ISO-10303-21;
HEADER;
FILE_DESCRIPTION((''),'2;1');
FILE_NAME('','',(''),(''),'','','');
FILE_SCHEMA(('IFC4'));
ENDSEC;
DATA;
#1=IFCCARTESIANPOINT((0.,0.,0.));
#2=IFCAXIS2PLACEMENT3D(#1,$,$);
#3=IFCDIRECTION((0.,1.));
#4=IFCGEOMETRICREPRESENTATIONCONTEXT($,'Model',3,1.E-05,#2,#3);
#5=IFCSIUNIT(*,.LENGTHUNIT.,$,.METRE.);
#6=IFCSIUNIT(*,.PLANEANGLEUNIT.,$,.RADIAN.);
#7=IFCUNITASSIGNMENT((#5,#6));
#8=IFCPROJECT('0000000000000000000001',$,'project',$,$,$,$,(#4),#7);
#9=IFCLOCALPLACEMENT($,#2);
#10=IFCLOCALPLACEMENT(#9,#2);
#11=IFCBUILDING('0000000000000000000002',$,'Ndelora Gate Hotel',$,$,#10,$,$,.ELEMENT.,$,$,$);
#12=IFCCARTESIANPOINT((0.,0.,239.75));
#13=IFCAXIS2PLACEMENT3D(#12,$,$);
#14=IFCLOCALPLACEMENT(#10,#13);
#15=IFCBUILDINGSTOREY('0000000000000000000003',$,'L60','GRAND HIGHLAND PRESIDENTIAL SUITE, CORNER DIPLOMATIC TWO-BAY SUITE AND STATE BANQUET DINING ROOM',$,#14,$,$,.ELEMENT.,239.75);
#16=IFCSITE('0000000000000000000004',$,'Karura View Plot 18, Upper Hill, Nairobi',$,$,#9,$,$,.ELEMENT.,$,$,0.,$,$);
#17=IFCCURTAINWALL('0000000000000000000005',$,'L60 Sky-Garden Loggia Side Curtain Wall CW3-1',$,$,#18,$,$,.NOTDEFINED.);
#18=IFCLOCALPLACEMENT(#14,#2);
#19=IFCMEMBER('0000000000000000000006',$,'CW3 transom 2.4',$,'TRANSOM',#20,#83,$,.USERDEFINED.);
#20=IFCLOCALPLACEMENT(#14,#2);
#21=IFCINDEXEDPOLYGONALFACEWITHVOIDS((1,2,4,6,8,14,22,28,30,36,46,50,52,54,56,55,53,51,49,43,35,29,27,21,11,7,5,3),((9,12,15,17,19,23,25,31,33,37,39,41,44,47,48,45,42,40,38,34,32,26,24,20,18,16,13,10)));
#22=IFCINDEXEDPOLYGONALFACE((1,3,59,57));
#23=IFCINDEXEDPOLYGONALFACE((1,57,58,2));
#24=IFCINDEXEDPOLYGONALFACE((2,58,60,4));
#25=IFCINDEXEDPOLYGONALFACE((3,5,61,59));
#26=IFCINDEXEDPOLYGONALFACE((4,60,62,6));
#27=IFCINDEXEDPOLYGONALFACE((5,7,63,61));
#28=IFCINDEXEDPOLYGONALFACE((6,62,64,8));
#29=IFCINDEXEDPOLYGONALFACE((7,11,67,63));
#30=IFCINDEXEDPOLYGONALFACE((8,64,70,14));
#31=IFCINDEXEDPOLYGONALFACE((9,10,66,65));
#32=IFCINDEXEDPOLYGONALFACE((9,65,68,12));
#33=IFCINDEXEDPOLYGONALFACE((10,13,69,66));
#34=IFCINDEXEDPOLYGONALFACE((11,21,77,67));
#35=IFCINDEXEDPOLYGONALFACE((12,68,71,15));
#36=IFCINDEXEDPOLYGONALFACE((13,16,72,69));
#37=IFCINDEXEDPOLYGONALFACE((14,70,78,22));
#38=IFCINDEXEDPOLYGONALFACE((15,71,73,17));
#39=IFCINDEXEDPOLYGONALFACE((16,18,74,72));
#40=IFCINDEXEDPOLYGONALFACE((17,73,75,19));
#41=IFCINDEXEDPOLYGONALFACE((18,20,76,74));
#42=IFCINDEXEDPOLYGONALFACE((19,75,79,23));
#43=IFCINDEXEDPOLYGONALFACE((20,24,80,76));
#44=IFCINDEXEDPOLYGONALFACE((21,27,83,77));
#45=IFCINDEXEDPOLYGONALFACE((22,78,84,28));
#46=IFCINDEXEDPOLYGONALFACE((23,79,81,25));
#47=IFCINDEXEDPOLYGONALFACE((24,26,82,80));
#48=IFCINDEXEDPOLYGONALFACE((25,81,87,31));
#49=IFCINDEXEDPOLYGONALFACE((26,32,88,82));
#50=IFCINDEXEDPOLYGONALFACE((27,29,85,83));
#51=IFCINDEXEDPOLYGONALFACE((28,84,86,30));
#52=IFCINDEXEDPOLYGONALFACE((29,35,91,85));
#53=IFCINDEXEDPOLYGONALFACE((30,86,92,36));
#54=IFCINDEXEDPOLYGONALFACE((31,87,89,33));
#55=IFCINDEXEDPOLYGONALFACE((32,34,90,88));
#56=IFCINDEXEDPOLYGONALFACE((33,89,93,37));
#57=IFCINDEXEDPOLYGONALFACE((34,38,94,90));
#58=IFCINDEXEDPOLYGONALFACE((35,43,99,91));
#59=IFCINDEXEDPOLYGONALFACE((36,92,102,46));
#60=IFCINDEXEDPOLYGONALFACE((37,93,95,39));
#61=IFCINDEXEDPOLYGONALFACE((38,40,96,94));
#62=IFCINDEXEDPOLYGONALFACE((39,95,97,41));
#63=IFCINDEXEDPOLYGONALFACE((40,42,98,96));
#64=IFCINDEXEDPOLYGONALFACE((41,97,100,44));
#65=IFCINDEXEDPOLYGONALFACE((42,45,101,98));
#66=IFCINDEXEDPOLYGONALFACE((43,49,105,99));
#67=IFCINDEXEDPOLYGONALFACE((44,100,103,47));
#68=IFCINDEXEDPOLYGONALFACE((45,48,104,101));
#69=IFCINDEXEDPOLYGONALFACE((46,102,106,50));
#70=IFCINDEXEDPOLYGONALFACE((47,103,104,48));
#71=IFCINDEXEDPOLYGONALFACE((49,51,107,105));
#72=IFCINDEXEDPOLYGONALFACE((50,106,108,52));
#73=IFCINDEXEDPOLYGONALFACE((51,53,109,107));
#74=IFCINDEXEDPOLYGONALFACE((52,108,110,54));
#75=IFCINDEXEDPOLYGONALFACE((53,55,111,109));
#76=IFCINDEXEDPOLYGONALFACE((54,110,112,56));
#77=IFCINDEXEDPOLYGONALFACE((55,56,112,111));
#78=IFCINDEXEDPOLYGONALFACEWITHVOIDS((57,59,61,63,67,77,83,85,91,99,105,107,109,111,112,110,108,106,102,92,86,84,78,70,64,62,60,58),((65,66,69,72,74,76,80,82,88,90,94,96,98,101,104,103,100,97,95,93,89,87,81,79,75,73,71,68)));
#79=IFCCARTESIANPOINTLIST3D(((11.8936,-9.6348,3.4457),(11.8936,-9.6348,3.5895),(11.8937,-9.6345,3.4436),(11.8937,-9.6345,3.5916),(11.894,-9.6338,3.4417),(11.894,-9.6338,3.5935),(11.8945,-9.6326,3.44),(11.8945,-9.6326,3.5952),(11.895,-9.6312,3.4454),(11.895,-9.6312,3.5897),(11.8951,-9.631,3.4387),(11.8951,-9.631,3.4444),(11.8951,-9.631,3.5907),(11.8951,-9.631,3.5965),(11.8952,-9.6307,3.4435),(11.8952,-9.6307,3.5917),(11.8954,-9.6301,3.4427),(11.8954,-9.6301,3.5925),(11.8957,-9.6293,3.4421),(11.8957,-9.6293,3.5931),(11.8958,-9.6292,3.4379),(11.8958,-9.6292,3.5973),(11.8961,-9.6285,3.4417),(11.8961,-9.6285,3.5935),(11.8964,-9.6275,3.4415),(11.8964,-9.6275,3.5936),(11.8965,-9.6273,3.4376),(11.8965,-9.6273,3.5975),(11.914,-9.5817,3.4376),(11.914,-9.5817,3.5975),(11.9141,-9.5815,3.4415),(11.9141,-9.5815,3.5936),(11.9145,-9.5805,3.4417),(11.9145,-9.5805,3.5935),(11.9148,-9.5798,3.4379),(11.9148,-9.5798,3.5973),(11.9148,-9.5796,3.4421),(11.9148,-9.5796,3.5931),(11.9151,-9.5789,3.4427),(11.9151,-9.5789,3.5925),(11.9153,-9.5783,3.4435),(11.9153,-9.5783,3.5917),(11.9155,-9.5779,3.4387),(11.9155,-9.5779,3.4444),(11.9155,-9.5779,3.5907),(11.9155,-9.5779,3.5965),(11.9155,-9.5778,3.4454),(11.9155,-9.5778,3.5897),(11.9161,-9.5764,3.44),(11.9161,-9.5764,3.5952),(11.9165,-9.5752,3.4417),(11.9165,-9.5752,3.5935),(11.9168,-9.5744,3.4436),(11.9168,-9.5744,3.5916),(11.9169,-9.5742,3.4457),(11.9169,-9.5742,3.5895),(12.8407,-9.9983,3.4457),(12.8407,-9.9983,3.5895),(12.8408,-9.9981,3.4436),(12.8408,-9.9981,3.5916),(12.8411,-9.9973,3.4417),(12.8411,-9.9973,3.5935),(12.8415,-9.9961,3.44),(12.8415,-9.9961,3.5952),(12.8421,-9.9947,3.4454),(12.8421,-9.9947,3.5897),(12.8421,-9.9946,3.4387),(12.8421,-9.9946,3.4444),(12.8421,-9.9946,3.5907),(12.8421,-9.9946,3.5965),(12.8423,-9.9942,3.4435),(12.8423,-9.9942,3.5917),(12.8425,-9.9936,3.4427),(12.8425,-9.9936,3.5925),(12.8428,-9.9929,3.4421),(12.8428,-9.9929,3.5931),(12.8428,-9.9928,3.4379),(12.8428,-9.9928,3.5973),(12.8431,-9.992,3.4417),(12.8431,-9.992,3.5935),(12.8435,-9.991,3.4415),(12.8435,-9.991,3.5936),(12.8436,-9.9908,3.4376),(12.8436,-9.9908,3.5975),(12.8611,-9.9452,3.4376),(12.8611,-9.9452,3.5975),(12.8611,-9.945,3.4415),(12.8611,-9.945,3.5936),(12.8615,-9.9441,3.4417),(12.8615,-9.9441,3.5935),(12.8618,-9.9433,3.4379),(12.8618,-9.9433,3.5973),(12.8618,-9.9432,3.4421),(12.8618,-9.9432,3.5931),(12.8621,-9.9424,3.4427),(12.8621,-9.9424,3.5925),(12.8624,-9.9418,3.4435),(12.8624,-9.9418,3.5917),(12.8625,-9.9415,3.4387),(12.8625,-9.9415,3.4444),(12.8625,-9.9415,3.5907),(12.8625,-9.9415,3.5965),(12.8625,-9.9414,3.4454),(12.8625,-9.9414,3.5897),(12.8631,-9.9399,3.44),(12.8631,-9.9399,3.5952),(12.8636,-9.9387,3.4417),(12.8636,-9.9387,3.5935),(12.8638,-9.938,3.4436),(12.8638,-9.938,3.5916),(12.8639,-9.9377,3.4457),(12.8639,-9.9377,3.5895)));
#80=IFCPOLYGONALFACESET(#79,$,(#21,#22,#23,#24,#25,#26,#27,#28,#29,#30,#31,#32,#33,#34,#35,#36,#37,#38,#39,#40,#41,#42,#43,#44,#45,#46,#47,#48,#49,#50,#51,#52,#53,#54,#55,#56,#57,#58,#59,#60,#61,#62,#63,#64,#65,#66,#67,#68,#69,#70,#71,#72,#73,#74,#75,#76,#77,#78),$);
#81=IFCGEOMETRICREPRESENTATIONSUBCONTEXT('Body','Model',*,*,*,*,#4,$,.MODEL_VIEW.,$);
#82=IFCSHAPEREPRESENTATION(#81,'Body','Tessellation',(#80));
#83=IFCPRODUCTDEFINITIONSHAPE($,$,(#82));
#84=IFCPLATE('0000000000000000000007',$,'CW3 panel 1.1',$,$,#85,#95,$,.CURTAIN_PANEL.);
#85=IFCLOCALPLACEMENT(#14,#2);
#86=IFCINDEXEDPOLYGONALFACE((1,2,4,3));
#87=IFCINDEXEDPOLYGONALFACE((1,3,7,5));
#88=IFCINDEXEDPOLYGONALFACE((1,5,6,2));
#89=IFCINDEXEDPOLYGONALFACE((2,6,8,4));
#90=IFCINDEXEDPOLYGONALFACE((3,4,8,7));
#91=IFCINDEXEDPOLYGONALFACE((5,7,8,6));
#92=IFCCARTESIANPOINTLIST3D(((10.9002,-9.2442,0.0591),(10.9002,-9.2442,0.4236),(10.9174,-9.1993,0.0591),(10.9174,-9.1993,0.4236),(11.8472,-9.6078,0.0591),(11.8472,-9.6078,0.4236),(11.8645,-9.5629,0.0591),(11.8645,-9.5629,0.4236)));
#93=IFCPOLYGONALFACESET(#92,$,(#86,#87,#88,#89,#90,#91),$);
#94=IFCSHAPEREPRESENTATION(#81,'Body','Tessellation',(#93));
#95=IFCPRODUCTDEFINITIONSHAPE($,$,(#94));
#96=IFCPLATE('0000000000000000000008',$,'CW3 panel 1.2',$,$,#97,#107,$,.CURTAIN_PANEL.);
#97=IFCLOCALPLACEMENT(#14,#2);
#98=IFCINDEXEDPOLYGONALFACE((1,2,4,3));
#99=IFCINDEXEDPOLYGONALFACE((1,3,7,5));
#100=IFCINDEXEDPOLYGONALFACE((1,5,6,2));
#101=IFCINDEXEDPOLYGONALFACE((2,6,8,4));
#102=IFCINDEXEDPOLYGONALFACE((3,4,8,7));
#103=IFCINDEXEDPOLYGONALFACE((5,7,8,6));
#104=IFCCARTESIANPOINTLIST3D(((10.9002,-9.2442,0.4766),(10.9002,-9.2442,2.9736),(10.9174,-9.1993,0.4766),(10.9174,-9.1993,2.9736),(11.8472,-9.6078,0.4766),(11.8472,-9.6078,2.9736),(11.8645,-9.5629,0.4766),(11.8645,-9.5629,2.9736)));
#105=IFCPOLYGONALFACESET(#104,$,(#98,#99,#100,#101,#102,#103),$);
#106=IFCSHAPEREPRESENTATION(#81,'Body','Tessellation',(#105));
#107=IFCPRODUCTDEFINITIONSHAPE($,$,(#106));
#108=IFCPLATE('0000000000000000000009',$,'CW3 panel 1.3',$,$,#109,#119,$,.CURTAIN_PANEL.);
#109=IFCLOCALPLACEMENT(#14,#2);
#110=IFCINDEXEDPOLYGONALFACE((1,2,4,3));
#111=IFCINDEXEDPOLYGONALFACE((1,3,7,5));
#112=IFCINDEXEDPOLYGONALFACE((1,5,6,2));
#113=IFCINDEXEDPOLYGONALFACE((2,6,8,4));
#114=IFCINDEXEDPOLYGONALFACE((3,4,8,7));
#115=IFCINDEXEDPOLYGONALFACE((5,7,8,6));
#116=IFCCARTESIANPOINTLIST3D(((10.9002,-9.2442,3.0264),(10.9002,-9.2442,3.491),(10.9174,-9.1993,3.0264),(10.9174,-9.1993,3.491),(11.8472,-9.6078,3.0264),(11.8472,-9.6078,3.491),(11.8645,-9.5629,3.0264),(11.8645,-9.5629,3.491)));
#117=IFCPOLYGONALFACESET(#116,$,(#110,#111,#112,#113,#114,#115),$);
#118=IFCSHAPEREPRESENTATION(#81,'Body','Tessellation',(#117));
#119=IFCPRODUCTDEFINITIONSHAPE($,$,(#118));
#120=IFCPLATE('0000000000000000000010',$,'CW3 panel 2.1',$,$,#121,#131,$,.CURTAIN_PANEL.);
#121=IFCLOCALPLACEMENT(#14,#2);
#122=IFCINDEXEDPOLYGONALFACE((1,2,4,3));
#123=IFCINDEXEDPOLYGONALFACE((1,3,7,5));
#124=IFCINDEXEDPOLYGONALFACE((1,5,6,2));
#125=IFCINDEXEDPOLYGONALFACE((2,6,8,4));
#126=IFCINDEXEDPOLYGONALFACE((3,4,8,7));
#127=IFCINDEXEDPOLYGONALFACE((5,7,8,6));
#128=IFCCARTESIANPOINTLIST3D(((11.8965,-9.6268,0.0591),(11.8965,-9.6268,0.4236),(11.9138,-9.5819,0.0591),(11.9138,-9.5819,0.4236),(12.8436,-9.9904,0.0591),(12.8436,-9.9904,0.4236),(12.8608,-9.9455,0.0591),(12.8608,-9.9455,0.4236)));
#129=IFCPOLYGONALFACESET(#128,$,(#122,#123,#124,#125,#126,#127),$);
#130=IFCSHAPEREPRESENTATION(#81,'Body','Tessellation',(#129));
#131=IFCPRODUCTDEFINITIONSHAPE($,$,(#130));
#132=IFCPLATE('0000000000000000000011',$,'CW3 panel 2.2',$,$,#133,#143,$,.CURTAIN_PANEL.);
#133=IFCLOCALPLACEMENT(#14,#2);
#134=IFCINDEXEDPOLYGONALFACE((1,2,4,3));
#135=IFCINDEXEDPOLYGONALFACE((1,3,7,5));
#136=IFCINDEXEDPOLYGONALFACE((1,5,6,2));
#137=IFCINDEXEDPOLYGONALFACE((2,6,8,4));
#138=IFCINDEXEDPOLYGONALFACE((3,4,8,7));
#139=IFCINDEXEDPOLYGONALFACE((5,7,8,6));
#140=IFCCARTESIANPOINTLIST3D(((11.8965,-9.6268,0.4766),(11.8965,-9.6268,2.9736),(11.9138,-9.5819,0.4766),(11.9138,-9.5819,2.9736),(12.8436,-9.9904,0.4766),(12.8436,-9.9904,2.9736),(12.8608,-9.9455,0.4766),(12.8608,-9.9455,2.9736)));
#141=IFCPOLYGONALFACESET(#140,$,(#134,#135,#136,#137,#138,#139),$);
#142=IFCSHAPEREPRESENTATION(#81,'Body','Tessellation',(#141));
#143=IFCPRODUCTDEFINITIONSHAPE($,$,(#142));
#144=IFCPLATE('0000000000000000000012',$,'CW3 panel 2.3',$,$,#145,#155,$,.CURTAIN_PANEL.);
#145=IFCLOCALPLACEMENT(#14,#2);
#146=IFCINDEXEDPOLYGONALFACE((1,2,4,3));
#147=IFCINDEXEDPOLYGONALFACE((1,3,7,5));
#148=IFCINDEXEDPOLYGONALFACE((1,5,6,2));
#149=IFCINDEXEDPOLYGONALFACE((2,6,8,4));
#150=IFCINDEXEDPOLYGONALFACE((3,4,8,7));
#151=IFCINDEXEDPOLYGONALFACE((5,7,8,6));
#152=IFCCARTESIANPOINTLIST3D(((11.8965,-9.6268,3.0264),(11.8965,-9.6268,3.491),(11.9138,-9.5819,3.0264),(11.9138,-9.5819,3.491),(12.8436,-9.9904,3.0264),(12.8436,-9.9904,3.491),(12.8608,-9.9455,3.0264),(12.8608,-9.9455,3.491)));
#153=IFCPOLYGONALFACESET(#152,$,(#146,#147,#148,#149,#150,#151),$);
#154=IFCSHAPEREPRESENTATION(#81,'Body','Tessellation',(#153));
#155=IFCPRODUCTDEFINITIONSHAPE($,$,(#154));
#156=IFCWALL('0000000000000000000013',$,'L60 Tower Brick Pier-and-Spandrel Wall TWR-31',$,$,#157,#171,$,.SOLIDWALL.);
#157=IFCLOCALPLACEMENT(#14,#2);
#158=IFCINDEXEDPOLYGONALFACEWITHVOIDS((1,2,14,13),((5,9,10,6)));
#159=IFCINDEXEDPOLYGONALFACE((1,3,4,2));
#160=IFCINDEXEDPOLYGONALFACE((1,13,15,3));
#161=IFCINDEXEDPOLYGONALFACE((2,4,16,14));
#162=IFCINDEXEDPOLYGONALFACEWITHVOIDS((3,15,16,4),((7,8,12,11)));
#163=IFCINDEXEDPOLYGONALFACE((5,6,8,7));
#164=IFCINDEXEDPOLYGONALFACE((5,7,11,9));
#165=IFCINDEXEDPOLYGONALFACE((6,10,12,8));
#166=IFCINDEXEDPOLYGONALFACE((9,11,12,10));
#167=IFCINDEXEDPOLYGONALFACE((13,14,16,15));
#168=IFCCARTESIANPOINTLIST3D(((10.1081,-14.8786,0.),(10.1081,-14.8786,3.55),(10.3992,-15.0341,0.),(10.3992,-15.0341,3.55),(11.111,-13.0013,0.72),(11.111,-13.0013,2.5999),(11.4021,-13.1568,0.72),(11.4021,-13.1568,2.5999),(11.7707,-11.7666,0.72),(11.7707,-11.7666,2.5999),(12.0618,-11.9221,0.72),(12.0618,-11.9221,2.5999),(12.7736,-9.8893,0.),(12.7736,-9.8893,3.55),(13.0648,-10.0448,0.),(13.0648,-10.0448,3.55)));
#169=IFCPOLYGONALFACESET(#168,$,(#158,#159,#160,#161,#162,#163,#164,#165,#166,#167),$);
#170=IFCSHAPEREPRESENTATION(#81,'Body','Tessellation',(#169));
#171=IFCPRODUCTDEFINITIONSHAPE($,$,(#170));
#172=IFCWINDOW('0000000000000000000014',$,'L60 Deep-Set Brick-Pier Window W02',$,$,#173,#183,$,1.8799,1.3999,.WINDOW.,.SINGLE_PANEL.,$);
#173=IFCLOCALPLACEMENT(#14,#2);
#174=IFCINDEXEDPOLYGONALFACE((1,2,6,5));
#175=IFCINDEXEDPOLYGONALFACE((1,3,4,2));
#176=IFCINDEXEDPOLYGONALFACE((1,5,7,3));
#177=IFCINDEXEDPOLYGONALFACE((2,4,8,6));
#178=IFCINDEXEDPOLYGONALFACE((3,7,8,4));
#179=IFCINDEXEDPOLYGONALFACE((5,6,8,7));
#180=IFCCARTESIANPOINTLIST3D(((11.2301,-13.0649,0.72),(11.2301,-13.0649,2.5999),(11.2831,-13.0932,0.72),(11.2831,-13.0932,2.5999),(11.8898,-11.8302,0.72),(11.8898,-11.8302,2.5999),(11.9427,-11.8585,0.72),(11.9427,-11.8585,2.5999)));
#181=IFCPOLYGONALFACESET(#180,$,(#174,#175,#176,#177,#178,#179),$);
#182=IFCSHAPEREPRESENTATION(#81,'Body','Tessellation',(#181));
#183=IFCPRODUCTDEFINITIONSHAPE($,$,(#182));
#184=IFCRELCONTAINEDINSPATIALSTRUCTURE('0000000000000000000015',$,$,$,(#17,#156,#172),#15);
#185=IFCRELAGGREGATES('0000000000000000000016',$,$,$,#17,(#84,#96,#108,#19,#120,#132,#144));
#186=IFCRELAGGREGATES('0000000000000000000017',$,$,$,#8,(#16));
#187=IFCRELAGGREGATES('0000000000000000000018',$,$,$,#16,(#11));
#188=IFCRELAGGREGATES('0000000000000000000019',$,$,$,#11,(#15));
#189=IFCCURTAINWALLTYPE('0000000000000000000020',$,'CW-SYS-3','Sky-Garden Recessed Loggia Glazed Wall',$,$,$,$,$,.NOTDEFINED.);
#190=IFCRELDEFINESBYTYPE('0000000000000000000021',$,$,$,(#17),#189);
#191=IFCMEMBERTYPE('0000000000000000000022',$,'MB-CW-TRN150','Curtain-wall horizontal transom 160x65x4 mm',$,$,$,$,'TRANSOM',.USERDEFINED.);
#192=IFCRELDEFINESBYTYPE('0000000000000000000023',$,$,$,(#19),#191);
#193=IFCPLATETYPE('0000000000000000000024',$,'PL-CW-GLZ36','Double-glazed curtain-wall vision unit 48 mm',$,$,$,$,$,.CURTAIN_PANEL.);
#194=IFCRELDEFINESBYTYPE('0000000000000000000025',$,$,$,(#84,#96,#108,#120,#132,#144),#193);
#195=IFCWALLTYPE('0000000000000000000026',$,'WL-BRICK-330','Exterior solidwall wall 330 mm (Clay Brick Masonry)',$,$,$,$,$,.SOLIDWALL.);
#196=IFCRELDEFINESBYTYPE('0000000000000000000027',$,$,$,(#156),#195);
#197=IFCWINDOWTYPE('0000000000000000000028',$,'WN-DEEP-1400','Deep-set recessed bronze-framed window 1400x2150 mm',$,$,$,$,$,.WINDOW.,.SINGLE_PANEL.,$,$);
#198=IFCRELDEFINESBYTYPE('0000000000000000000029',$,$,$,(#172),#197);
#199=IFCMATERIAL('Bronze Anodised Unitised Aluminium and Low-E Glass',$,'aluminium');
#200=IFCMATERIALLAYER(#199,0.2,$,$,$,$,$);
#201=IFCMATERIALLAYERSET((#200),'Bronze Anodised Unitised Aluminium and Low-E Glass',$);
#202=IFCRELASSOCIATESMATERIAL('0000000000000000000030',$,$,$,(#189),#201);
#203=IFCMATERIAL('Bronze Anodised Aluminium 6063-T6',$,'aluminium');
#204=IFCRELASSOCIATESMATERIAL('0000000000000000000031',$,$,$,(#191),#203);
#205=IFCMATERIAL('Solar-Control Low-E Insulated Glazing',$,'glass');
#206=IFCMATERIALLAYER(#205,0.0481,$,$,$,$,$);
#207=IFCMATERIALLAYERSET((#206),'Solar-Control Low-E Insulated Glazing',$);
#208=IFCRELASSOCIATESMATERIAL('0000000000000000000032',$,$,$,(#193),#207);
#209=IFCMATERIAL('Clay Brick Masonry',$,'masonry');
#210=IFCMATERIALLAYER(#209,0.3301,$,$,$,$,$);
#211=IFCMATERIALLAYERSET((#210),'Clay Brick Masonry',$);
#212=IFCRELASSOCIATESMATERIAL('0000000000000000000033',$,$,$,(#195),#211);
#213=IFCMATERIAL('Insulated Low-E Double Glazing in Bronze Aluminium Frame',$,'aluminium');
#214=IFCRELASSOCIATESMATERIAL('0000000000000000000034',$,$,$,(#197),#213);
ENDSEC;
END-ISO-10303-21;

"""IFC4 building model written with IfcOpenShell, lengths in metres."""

from ifc_helpers import new_model, si_unit, direction, frame, frame_2d, origin, origin_2d, place, context, subcontext, project, spatial, rectangle, hollow_rectangle, extrude, material, layer, layer_set, material_profile, profile_set, type_object, element, fill, aggregate, save


model = new_model("IFC4")

# Units and contexts
model_context = context("Model", 3, precision=1e-05, world=origin(), true_north=direction((0.0, 1.0)))
body_context = subcontext(model_context, "Body", "Model", "MODEL_VIEW")
ifc_project = project(units=[si_unit("LENGTHUNIT", "METRE"), si_unit("PLANEANGLEUNIT", "RADIAN")], contexts=[model_context])

# Site, building, storey
site_placement = place(None, origin())
site = spatial("IfcSite", under=ifc_project, at=site_placement, Name="Karura View Plot 18, Upper Hill, Nairobi", CompositionType="ELEMENT", RefElevation=0.0)
building_placement = place(site_placement, origin())
building = spatial("IfcBuilding", under=site, at=building_placement, Name="Ndelora Gate Hotel", CompositionType="ELEMENT")
storey_placement = place(building_placement, frame((0.0, 0.0, 239.75)))
storey = spatial("IfcBuildingStorey", under=building, at=storey_placement, Name="L60", Description="GRAND HIGHLAND PRESIDENTIAL SUITE, CORNER DIPLOMATIC TWO-BAY SUITE AND STATE BANQUET DINING ROOM", CompositionType="ELEMENT", Elevation=239.75)

# Curtain wall, member, plates
ifc_material_1 = material(Name="Bronze Anodised Unitised Aluminium and Low-E Glass", Category="aluminium")
ifc_layer_1 = layer(ifc_material_1, 0.2)
ifc_layer_set_1 = layer_set([ifc_layer_1], Name="Bronze Anodised Unitised Aluminium and Low-E Glass")
curtain_wall_type = type_object("IfcCurtainWallType", Name="CW-SYS-3", Description="Sky-Garden Recessed Loggia Glazed Wall", PredefinedType="NOTDEFINED", material=ifc_layer_set_1)
curtain_wall_placement = place(storey_placement, origin())
curtain_wall = element("IfcCurtainWall", 1, at=curtain_wall_placement, inside=storey, type_object=curtain_wall_type, Name="L60 Sky-Garden Loggia Side Curtain Wall CW3-1", PredefinedType="NOTDEFINED")
ifc_material_2 = material(Name="Bronze Anodised Aluminium 6063-T6", Category="aluminium")
ifc_material_profile_1 = material_profile(ifc_material_2, hollow_rectangle(XDim=0.0649, YDim=0.1599, WallThickness=0.0039, InnerFilletRadius=0.0039, OuterFilletRadius=0.0081, at=origin_2d()), Name="ALU 160x65x4")
ifc_profile_set_1 = profile_set([ifc_material_profile_1], Name="Bronze Anodised Aluminium 6063-T6")
member_type_1 = type_object("IfcMemberType", Name="MB-CW-TRN150", Description="Curtain-wall horizontal transom 160x65x4 mm", ElementType="TRANSOM", PredefinedType="USERDEFINED", material=ifc_profile_set_1)
member_1_placement = place(storey_placement, frame((11.9053, -9.6045, 3.5176), z_axis=(0.933581, -0.358366, 0.0), x_axis=(0.358366, 0.933581, 0.0)))
member_1 = element("IfcMember", 2, at=member_1_placement, type_object=member_type_1, Name="CW3 transom 2.4", ObjectType="TRANSOM", PredefinedType="USERDEFINED", context=body_context, shape_type="SweptSolid", body=[
    extrude(hollow_rectangle(XDim=0.0649, YDim=0.1599, WallThickness=0.0039, InnerFilletRadius=0.0039, OuterFilletRadius=0.0081, at=origin_2d()), origin(), (0.0, 0.0, 1.0), 1.0144),
])
ifc_material_3 = material(Name="Solar-Control Low-E Insulated Glazing", Category="glass")
ifc_layer_2 = layer(ifc_material_3, 0.0481)
ifc_layer_set_2 = layer_set([ifc_layer_2], Name="Solar-Control Low-E Insulated Glazing")
plate_type = type_object("IfcPlateType", Name="PL-CW-GLZ36", Description="Double-glazed curtain-wall vision unit 48 mm", PredefinedType="CURTAIN_PANEL", material=ifc_layer_set_2)
plate_1_placement = place(storey_placement, frame((11.3823, -9.4036, 0.0591), z_axis=(0.0, 0.0, 1.0), x_axis=(0.933577, -0.358376, 0.0)))
plate_1 = element("IfcPlate", 3, at=plate_1_placement, type_object=plate_type, Name="CW3 panel 1.1", PredefinedType="CURTAIN_PANEL", context=body_context, shape_type="SweptSolid", body=[
    extrude(rectangle(XDim=1.0144, YDim=0.0481, at=origin_2d()), origin(), (0.0, 0.0, 1.0), 0.3645),
])
plate_2_placement = place(storey_placement, frame((11.3823, -9.4036, 0.4766), z_axis=(0.0, 0.0, 1.0), x_axis=(0.933577, -0.358376, 0.0)))
plate_2 = element("IfcPlate", 4, at=plate_2_placement, type_object=plate_type, Name="CW3 panel 1.2", PredefinedType="CURTAIN_PANEL", context=body_context, shape_type="SweptSolid", body=[
    extrude(rectangle(XDim=1.0144, YDim=0.0481, at=origin_2d()), origin(), (0.0, 0.0, 1.0), 2.4971),
])
plate_3_placement = place(storey_placement, frame((11.3823, -9.4036, 3.0264), z_axis=(0.0, 0.0, 1.0), x_axis=(0.933577, -0.358376, 0.0)))
plate_3 = element("IfcPlate", 5, at=plate_3_placement, type_object=plate_type, Name="CW3 panel 1.3", PredefinedType="CURTAIN_PANEL", context=body_context, shape_type="SweptSolid", body=[
    extrude(rectangle(XDim=1.0144, YDim=0.0481, at=origin_2d()), origin(), (0.0, 0.0, 1.0), 0.4646),
])
plate_4_placement = place(storey_placement, frame((12.3787, -9.7861, 0.0591), z_axis=(0.0, 0.0, 1.0), x_axis=(0.933577, -0.358376, 0.0)))
plate_4 = element("IfcPlate", 6, at=plate_4_placement, type_object=plate_type, Name="CW3 panel 2.1", PredefinedType="CURTAIN_PANEL", context=body_context, shape_type="SweptSolid", body=[
    extrude(rectangle(XDim=1.0144, YDim=0.0481, at=origin_2d()), origin(), (0.0, 0.0, 1.0), 0.3645),
])
plate_5_placement = place(storey_placement, frame((12.3787, -9.7861, 0.4766), z_axis=(0.0, 0.0, 1.0), x_axis=(0.933577, -0.358376, 0.0)))
plate_5 = element("IfcPlate", 7, at=plate_5_placement, type_object=plate_type, Name="CW3 panel 2.2", PredefinedType="CURTAIN_PANEL", context=body_context, shape_type="SweptSolid", body=[
    extrude(rectangle(XDim=1.0144, YDim=0.0481, at=origin_2d()), origin(), (0.0, 0.0, 1.0), 2.4971),
])
plate_6_placement = place(storey_placement, frame((12.3787, -9.7861, 3.0264), z_axis=(0.0, 0.0, 1.0), x_axis=(0.933577, -0.358376, 0.0)))
plate_6 = element("IfcPlate", 8, at=plate_6_placement, type_object=plate_type, Name="CW3 panel 2.3", PredefinedType="CURTAIN_PANEL", context=body_context, shape_type="SweptSolid", body=[
    extrude(rectangle(XDim=1.0144, YDim=0.0481, at=origin_2d()), origin(), (0.0, 0.0, 1.0), 0.4646),
])
aggregate(curtain_wall, [plate_1, plate_2, plate_3, member_1, plate_4, plate_5, plate_6])

# Wall, opening, window
ifc_material_4 = material(Name="Clay Brick Masonry", Category="masonry")
ifc_layer_3 = layer(ifc_material_4, 0.3301)
ifc_layer_set_3 = layer_set([ifc_layer_3], Name="Clay Brick Masonry")
wall_type = type_object("IfcWallType", Name="WL-BRICK-330", Description="Exterior solidwall wall 330 mm (Clay Brick Masonry)", PredefinedType="SOLIDWALL", material=ifc_layer_set_3)
wall_placement = place(storey_placement, frame((12.9192, -9.967, 0.0), z_axis=(0.0, 0.0, 1.0), x_axis=(-0.47122, -0.882016, 0.0)))
wall = element("IfcWall", 9, at=wall_placement, inside=storey, type_object=wall_type, Name="L60 Tower Brick Pier-and-Spandrel Wall TWR-31", PredefinedType="SOLIDWALL", context=body_context, shape_type="SweptSolid", body=[
    extrude(rectangle(XDim=5.6567, YDim=0.3301, at=frame_2d((2.8284, 0.0))), origin(), (0.0, 0.0, 1.0), 3.55),
])
opening_placement = place(wall_placement, frame((2.1284, 0.0, 0.72)))
opening = element("IfcOpeningElement", 10, at=opening_placement, cuts=wall, PredefinedType="OPENING", context=body_context, shape_type="SweptSolid", body=[
    extrude(rectangle(XDim=1.3999, YDim=1.8799, at=frame_2d((0.7, 0.9399))), frame((0.0, 0.175, 0.0), z_axis=(0.0, -1.0, 0.0), x_axis=(1.0, 0.0, 0.0)), (0.0, 0.0, 1.0), 0.3501),
])
ifc_material_5 = material(Name="Insulated Low-E Double Glazing in Bronze Aluminium Frame", Category="aluminium")
window_type = type_object("IfcWindowType", Name="WN-DEEP-1400", Description="Deep-set recessed bronze-framed window 1400x2150 mm", PartitioningType="SINGLE_PANEL", PredefinedType="WINDOW", material=ifc_material_5)
window_placement = place(opening_placement, origin())
window = element("IfcWindow", 11, at=window_placement, inside=storey, type_object=window_type, Name="L60 Deep-Set Brick-Pier Window W02", OverallHeight=1.8799, OverallWidth=1.3999, PartitioningType="SINGLE_PANEL", PredefinedType="WINDOW", context=body_context, shape_type="SweptSolid", body=[
    extrude(rectangle(XDim=1.3999, YDim=1.8799, at=frame_2d((0.7, 0.9399))), frame((0.0, 0.03, 0.0), z_axis=(0.0, -1.0, 0.0), x_axis=(1.0, 0.0, 0.0)), (0.0, 0.0, 1.0), 0.0601),
])
fill(opening, window)

save(model, "model.ifc")
